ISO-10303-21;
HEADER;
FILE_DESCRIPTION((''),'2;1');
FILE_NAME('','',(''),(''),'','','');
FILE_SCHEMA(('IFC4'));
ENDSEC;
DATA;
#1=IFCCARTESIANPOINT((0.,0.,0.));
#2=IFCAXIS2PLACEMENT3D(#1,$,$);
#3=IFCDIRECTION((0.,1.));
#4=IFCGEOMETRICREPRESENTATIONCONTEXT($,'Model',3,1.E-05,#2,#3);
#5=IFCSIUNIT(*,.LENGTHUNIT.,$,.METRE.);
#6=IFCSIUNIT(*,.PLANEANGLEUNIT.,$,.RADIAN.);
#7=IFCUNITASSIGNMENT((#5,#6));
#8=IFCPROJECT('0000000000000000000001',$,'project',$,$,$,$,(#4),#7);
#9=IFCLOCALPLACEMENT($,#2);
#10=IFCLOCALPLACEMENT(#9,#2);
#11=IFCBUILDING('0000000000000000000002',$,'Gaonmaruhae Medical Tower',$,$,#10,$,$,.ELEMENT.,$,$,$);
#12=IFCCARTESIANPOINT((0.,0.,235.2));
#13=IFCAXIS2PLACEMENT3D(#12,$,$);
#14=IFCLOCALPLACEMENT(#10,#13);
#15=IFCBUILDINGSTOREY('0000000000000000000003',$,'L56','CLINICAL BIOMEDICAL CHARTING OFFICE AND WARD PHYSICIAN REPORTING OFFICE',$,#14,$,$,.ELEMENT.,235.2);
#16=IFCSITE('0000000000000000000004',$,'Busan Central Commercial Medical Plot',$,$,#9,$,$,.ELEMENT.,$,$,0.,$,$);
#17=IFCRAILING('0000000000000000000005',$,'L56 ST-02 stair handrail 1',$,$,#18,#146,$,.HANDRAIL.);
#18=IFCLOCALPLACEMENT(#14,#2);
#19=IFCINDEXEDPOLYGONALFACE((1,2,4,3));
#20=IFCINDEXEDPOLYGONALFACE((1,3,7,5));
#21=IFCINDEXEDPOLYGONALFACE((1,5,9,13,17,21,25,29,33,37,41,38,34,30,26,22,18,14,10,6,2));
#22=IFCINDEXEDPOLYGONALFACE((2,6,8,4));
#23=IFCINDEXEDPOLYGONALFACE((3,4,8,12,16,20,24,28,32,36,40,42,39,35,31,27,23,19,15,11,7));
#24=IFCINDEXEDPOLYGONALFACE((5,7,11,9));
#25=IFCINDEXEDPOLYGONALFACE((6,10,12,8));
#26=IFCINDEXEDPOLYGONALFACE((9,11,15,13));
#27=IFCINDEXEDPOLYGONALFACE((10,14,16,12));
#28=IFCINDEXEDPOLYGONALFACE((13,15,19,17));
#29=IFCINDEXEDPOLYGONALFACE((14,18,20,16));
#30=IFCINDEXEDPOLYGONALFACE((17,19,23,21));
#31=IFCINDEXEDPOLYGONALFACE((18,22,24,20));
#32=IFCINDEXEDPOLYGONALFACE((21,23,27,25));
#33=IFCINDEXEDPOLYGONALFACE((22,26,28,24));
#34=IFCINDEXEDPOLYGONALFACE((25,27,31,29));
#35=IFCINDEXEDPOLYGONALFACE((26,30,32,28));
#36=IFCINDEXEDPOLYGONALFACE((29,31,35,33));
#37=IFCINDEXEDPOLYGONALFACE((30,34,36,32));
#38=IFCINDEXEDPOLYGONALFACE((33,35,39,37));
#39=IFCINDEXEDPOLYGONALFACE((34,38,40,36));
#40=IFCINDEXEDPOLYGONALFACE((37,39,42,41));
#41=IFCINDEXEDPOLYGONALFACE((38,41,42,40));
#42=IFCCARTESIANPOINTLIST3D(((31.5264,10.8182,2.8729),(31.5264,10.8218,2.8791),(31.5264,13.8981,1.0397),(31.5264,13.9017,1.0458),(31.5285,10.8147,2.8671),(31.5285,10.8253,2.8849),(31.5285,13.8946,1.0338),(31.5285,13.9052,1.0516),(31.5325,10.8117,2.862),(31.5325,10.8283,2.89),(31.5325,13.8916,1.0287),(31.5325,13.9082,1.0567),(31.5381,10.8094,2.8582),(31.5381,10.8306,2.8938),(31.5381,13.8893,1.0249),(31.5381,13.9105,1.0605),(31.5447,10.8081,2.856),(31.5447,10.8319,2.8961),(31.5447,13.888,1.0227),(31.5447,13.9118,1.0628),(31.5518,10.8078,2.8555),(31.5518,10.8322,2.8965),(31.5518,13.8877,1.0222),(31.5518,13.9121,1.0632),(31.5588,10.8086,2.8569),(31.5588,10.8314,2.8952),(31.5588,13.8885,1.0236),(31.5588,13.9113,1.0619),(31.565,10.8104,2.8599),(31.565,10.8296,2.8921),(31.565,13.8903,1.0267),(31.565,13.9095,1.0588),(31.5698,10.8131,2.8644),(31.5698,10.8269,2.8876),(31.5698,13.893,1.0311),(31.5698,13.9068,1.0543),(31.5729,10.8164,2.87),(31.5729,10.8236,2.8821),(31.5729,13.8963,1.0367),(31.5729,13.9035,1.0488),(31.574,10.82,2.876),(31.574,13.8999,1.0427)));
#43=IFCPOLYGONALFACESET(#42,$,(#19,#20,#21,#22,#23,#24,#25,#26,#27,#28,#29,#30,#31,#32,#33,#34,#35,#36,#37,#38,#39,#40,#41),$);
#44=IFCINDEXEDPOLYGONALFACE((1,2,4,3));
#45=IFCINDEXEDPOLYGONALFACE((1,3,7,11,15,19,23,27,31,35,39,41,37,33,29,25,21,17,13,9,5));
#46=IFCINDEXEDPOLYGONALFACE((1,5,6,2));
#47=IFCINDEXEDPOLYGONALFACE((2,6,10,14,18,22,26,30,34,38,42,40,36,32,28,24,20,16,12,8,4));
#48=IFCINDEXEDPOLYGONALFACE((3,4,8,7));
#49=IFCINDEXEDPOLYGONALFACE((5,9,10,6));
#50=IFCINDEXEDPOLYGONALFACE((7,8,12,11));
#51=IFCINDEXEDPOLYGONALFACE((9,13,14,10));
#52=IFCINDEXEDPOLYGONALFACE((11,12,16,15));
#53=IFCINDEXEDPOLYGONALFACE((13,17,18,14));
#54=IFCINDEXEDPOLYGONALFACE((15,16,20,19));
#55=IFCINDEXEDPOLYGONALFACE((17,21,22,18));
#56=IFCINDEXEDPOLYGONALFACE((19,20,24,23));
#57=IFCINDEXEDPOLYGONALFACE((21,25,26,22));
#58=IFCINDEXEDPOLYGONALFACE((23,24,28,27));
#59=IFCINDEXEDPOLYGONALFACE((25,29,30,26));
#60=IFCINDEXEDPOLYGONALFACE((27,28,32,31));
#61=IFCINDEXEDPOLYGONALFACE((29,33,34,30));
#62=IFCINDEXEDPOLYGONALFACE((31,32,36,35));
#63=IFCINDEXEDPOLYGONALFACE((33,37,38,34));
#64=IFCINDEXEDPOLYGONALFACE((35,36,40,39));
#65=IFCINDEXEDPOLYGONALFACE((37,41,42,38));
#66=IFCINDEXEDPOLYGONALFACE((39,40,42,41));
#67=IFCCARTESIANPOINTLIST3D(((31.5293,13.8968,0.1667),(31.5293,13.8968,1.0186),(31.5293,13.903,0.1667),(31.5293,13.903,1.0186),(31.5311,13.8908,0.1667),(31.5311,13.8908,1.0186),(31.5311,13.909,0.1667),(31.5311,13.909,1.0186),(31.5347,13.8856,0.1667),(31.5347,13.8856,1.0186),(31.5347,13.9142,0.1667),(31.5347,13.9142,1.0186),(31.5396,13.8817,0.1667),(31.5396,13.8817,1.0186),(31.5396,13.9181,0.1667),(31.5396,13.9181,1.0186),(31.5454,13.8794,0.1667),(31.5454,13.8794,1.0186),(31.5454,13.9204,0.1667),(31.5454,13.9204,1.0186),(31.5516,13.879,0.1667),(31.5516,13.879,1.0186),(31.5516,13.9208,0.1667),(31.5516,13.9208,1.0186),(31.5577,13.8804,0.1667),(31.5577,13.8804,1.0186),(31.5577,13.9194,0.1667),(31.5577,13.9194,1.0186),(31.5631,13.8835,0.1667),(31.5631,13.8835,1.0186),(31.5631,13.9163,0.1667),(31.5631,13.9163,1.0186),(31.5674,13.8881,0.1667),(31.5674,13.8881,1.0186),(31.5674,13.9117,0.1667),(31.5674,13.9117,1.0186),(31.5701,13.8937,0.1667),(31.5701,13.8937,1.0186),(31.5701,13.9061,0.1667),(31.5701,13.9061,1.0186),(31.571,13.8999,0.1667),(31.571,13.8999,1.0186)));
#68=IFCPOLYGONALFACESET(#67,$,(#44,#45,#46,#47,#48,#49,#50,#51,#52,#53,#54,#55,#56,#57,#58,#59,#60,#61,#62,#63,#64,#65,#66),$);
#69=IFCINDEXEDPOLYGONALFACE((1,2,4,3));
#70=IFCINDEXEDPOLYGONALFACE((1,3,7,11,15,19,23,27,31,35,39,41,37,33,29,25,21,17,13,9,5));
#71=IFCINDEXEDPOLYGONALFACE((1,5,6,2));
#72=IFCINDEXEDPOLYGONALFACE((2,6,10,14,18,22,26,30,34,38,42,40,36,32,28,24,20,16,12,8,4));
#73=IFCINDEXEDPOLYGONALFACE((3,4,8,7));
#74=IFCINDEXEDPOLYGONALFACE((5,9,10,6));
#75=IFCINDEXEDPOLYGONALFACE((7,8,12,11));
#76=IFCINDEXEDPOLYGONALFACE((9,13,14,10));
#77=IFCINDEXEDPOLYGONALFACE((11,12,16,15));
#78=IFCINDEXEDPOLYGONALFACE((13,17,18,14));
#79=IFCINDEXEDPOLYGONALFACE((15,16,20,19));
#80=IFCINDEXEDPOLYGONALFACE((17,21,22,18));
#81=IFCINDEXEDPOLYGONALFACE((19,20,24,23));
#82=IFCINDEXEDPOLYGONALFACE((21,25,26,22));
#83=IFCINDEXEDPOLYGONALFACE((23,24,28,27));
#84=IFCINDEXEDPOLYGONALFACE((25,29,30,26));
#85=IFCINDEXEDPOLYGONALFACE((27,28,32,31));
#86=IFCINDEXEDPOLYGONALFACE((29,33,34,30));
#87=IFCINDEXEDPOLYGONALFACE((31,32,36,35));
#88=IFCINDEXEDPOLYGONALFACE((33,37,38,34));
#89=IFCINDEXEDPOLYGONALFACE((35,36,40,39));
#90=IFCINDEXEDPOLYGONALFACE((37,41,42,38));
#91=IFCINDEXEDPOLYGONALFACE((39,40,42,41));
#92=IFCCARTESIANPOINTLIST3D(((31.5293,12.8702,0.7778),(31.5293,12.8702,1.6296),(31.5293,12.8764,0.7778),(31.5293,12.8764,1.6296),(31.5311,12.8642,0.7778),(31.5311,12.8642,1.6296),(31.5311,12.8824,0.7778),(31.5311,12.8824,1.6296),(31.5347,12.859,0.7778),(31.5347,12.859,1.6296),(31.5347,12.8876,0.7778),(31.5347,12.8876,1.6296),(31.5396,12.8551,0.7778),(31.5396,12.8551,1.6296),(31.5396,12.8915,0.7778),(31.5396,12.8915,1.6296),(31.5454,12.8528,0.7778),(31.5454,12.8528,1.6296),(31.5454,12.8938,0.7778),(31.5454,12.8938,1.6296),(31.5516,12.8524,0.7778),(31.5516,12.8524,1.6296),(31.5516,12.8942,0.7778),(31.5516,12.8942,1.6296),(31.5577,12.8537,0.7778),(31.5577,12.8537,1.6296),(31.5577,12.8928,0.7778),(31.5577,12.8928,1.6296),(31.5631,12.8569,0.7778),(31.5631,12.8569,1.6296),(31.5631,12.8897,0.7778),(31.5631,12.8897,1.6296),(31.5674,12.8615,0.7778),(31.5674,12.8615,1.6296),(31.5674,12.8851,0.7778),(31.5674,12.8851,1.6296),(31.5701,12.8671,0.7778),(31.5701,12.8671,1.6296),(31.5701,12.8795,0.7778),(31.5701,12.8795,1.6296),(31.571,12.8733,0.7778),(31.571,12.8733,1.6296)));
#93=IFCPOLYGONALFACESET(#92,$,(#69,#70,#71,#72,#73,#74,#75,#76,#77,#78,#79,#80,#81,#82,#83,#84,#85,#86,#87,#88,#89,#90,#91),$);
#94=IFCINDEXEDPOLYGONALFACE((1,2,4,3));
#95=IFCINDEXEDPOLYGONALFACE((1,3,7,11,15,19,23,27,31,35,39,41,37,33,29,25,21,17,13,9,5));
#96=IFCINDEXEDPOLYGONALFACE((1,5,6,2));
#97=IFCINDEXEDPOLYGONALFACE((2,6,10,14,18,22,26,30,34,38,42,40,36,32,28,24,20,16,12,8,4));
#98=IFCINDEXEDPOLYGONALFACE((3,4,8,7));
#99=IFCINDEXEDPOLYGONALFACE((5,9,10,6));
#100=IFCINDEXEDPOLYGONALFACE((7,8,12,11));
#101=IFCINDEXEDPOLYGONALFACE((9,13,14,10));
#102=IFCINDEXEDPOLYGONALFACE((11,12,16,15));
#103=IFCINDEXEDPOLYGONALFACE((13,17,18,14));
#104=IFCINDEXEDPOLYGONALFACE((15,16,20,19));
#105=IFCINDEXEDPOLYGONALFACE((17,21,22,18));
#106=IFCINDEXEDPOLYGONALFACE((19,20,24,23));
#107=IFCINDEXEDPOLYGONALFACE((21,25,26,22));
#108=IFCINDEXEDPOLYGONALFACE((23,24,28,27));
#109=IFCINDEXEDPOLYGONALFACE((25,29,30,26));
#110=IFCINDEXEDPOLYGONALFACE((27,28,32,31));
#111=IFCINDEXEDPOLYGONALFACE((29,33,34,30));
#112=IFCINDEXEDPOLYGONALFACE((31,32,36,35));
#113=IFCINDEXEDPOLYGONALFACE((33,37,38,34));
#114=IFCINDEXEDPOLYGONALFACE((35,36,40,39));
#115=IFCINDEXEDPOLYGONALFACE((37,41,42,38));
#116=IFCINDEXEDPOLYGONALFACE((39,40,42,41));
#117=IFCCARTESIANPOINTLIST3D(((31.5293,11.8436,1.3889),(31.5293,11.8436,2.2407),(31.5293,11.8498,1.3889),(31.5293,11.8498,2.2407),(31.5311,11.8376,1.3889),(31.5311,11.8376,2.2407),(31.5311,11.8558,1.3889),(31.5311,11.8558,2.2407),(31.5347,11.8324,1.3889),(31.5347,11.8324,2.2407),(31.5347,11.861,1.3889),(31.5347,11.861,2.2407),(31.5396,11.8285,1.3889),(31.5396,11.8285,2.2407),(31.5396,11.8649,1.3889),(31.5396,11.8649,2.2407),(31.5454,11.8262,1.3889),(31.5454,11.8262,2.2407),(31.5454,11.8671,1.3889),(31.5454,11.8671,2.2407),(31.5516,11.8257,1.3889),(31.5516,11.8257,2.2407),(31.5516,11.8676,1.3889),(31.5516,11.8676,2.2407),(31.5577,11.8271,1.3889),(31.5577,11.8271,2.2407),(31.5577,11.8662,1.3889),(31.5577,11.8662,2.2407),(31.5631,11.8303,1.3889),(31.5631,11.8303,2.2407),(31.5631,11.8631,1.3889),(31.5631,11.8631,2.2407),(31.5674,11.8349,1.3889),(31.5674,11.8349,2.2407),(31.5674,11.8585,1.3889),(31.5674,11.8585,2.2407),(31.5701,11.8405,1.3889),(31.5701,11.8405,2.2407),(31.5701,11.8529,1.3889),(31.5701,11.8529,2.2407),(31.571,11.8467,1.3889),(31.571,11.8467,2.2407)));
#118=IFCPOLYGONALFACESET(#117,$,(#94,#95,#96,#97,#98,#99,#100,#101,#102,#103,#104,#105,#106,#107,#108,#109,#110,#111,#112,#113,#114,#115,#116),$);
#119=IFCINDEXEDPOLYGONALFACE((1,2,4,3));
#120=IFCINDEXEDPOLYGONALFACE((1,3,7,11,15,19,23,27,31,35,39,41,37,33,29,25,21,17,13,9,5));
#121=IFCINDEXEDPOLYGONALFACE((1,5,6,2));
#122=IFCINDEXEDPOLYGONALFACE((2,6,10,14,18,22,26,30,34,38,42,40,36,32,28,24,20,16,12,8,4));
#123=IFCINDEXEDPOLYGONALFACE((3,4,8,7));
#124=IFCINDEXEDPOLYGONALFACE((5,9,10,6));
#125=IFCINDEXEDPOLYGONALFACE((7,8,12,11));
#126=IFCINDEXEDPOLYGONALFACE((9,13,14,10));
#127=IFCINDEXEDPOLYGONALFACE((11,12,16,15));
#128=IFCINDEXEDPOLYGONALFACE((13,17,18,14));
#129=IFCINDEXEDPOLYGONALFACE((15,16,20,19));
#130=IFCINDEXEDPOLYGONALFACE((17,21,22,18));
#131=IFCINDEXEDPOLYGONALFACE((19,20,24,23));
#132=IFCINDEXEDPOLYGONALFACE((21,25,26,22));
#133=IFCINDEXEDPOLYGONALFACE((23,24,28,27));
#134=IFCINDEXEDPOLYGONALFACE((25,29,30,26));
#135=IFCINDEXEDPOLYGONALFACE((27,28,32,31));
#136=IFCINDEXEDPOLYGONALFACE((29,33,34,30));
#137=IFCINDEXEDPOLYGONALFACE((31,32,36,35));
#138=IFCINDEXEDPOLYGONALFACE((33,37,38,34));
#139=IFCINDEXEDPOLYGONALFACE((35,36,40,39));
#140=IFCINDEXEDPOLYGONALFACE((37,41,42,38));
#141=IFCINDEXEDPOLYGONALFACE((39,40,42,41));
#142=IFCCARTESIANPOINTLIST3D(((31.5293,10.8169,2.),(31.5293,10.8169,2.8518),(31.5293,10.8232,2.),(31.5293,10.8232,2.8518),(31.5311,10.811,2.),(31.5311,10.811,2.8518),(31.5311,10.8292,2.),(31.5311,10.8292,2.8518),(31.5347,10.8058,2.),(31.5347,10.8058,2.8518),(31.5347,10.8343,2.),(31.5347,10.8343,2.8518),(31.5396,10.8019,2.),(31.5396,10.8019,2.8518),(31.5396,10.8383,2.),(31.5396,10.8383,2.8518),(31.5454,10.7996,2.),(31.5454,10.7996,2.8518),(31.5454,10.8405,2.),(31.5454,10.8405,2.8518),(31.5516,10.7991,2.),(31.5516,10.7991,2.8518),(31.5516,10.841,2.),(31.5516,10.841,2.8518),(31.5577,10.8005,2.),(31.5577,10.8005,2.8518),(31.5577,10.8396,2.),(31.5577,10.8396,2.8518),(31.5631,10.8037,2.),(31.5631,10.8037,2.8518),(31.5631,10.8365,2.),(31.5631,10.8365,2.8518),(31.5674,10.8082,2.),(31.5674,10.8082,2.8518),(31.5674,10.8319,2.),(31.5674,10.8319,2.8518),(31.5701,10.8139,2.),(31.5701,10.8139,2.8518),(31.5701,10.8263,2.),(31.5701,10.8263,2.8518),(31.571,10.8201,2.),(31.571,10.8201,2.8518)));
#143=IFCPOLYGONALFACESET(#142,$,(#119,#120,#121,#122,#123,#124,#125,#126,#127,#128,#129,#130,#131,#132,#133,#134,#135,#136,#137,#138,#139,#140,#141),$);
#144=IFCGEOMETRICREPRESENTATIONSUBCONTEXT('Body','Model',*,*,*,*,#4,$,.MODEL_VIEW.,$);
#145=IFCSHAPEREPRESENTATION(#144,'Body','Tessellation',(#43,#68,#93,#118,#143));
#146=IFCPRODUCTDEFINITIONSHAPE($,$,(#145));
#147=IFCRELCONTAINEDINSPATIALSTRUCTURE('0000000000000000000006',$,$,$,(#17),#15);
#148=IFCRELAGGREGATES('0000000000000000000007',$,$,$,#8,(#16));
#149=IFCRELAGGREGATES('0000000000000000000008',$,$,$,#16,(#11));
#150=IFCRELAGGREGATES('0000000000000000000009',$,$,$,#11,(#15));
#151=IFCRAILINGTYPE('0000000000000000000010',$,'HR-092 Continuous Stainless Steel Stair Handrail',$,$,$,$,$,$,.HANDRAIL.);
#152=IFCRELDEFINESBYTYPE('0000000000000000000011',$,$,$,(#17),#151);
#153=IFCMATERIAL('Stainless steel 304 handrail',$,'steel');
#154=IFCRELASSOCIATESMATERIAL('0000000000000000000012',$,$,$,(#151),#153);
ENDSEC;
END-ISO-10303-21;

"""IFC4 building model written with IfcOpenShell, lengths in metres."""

from ifc_helpers import new_model, si_unit, direction, frame, origin, origin_2d, place, context, subcontext, project, spatial, circle, extrude, material, type_object, element, save


model = new_model("IFC4")

# Units and contexts
model_context = context("Model", 3, precision=1e-05, world=origin(), true_north=direction((0.0, 1.0)))
body_context = subcontext(model_context, "Body", "Model", "MODEL_VIEW")
ifc_project = project(units=[si_unit("LENGTHUNIT", "METRE"), si_unit("PLANEANGLEUNIT", "RADIAN")], contexts=[model_context])

# Site, building, storey
site_placement = place(None, origin())
site = spatial("IfcSite", under=ifc_project, at=site_placement, Name="Busan Central Commercial Medical Plot", CompositionType="ELEMENT", RefElevation=0.0)
building_placement = place(site_placement, origin())
building = spatial("IfcBuilding", under=site, at=building_placement, Name="Gaonmaruhae Medical Tower", CompositionType="ELEMENT")
storey_placement = place(building_placement, frame((0.0, 0.0, 235.2)))
storey = spatial("IfcBuildingStorey", under=building, at=storey_placement, Name="L56", Description="CLINICAL BIOMEDICAL CHARTING OFFICE AND WARD PHYSICIAN REPORTING OFFICE", CompositionType="ELEMENT", Elevation=235.2)

# Railing
ifc_material_1 = material(Name="Stainless steel 304 handrail", Category="steel")
railing_type_1 = type_object("IfcRailingType", Name="HR-092 Continuous Stainless Steel Stair Handrail", PredefinedType="HANDRAIL", material=ifc_material_1)
railing_1_placement = place(storey_placement, frame((31.55, 13.8999, 0.1667)))
element("IfcRailing", 1, at=railing_1_placement, inside=storey, type_object=railing_type_1, Name="L56 ST-02 stair handrail 1", PredefinedType="HANDRAIL", context=body_context, shape_type="SweptSolid", body=[
    extrude(circle(Radius=0.0239, at=origin_2d()), frame((0.0, 0.0, 0.876), z_axis=(0.0, -0.859291, 0.511487), x_axis=(1.0, 0.0, 0.0)), (0.0, 0.0, 1.0), 3.5842),
    extrude(circle(Radius=0.021, at=origin_2d()), origin(), (0.0, 0.0, 1.0), 0.8518),
    extrude(circle(Radius=0.021, at=origin_2d()), frame((0.0, -1.0266, 0.6111)), (0.0, 0.0, 1.0), 0.8518),
    extrude(circle(Radius=0.021, at=origin_2d()), frame((0.0, -2.0532, 1.2222)), (0.0, 0.0, 1.0), 0.8518),
    extrude(circle(Radius=0.021, at=origin_2d()), frame((0.0, -3.0798, 1.8333)), (0.0, 0.0, 1.0), 0.8518),
])

save(model, "model.ifc")
